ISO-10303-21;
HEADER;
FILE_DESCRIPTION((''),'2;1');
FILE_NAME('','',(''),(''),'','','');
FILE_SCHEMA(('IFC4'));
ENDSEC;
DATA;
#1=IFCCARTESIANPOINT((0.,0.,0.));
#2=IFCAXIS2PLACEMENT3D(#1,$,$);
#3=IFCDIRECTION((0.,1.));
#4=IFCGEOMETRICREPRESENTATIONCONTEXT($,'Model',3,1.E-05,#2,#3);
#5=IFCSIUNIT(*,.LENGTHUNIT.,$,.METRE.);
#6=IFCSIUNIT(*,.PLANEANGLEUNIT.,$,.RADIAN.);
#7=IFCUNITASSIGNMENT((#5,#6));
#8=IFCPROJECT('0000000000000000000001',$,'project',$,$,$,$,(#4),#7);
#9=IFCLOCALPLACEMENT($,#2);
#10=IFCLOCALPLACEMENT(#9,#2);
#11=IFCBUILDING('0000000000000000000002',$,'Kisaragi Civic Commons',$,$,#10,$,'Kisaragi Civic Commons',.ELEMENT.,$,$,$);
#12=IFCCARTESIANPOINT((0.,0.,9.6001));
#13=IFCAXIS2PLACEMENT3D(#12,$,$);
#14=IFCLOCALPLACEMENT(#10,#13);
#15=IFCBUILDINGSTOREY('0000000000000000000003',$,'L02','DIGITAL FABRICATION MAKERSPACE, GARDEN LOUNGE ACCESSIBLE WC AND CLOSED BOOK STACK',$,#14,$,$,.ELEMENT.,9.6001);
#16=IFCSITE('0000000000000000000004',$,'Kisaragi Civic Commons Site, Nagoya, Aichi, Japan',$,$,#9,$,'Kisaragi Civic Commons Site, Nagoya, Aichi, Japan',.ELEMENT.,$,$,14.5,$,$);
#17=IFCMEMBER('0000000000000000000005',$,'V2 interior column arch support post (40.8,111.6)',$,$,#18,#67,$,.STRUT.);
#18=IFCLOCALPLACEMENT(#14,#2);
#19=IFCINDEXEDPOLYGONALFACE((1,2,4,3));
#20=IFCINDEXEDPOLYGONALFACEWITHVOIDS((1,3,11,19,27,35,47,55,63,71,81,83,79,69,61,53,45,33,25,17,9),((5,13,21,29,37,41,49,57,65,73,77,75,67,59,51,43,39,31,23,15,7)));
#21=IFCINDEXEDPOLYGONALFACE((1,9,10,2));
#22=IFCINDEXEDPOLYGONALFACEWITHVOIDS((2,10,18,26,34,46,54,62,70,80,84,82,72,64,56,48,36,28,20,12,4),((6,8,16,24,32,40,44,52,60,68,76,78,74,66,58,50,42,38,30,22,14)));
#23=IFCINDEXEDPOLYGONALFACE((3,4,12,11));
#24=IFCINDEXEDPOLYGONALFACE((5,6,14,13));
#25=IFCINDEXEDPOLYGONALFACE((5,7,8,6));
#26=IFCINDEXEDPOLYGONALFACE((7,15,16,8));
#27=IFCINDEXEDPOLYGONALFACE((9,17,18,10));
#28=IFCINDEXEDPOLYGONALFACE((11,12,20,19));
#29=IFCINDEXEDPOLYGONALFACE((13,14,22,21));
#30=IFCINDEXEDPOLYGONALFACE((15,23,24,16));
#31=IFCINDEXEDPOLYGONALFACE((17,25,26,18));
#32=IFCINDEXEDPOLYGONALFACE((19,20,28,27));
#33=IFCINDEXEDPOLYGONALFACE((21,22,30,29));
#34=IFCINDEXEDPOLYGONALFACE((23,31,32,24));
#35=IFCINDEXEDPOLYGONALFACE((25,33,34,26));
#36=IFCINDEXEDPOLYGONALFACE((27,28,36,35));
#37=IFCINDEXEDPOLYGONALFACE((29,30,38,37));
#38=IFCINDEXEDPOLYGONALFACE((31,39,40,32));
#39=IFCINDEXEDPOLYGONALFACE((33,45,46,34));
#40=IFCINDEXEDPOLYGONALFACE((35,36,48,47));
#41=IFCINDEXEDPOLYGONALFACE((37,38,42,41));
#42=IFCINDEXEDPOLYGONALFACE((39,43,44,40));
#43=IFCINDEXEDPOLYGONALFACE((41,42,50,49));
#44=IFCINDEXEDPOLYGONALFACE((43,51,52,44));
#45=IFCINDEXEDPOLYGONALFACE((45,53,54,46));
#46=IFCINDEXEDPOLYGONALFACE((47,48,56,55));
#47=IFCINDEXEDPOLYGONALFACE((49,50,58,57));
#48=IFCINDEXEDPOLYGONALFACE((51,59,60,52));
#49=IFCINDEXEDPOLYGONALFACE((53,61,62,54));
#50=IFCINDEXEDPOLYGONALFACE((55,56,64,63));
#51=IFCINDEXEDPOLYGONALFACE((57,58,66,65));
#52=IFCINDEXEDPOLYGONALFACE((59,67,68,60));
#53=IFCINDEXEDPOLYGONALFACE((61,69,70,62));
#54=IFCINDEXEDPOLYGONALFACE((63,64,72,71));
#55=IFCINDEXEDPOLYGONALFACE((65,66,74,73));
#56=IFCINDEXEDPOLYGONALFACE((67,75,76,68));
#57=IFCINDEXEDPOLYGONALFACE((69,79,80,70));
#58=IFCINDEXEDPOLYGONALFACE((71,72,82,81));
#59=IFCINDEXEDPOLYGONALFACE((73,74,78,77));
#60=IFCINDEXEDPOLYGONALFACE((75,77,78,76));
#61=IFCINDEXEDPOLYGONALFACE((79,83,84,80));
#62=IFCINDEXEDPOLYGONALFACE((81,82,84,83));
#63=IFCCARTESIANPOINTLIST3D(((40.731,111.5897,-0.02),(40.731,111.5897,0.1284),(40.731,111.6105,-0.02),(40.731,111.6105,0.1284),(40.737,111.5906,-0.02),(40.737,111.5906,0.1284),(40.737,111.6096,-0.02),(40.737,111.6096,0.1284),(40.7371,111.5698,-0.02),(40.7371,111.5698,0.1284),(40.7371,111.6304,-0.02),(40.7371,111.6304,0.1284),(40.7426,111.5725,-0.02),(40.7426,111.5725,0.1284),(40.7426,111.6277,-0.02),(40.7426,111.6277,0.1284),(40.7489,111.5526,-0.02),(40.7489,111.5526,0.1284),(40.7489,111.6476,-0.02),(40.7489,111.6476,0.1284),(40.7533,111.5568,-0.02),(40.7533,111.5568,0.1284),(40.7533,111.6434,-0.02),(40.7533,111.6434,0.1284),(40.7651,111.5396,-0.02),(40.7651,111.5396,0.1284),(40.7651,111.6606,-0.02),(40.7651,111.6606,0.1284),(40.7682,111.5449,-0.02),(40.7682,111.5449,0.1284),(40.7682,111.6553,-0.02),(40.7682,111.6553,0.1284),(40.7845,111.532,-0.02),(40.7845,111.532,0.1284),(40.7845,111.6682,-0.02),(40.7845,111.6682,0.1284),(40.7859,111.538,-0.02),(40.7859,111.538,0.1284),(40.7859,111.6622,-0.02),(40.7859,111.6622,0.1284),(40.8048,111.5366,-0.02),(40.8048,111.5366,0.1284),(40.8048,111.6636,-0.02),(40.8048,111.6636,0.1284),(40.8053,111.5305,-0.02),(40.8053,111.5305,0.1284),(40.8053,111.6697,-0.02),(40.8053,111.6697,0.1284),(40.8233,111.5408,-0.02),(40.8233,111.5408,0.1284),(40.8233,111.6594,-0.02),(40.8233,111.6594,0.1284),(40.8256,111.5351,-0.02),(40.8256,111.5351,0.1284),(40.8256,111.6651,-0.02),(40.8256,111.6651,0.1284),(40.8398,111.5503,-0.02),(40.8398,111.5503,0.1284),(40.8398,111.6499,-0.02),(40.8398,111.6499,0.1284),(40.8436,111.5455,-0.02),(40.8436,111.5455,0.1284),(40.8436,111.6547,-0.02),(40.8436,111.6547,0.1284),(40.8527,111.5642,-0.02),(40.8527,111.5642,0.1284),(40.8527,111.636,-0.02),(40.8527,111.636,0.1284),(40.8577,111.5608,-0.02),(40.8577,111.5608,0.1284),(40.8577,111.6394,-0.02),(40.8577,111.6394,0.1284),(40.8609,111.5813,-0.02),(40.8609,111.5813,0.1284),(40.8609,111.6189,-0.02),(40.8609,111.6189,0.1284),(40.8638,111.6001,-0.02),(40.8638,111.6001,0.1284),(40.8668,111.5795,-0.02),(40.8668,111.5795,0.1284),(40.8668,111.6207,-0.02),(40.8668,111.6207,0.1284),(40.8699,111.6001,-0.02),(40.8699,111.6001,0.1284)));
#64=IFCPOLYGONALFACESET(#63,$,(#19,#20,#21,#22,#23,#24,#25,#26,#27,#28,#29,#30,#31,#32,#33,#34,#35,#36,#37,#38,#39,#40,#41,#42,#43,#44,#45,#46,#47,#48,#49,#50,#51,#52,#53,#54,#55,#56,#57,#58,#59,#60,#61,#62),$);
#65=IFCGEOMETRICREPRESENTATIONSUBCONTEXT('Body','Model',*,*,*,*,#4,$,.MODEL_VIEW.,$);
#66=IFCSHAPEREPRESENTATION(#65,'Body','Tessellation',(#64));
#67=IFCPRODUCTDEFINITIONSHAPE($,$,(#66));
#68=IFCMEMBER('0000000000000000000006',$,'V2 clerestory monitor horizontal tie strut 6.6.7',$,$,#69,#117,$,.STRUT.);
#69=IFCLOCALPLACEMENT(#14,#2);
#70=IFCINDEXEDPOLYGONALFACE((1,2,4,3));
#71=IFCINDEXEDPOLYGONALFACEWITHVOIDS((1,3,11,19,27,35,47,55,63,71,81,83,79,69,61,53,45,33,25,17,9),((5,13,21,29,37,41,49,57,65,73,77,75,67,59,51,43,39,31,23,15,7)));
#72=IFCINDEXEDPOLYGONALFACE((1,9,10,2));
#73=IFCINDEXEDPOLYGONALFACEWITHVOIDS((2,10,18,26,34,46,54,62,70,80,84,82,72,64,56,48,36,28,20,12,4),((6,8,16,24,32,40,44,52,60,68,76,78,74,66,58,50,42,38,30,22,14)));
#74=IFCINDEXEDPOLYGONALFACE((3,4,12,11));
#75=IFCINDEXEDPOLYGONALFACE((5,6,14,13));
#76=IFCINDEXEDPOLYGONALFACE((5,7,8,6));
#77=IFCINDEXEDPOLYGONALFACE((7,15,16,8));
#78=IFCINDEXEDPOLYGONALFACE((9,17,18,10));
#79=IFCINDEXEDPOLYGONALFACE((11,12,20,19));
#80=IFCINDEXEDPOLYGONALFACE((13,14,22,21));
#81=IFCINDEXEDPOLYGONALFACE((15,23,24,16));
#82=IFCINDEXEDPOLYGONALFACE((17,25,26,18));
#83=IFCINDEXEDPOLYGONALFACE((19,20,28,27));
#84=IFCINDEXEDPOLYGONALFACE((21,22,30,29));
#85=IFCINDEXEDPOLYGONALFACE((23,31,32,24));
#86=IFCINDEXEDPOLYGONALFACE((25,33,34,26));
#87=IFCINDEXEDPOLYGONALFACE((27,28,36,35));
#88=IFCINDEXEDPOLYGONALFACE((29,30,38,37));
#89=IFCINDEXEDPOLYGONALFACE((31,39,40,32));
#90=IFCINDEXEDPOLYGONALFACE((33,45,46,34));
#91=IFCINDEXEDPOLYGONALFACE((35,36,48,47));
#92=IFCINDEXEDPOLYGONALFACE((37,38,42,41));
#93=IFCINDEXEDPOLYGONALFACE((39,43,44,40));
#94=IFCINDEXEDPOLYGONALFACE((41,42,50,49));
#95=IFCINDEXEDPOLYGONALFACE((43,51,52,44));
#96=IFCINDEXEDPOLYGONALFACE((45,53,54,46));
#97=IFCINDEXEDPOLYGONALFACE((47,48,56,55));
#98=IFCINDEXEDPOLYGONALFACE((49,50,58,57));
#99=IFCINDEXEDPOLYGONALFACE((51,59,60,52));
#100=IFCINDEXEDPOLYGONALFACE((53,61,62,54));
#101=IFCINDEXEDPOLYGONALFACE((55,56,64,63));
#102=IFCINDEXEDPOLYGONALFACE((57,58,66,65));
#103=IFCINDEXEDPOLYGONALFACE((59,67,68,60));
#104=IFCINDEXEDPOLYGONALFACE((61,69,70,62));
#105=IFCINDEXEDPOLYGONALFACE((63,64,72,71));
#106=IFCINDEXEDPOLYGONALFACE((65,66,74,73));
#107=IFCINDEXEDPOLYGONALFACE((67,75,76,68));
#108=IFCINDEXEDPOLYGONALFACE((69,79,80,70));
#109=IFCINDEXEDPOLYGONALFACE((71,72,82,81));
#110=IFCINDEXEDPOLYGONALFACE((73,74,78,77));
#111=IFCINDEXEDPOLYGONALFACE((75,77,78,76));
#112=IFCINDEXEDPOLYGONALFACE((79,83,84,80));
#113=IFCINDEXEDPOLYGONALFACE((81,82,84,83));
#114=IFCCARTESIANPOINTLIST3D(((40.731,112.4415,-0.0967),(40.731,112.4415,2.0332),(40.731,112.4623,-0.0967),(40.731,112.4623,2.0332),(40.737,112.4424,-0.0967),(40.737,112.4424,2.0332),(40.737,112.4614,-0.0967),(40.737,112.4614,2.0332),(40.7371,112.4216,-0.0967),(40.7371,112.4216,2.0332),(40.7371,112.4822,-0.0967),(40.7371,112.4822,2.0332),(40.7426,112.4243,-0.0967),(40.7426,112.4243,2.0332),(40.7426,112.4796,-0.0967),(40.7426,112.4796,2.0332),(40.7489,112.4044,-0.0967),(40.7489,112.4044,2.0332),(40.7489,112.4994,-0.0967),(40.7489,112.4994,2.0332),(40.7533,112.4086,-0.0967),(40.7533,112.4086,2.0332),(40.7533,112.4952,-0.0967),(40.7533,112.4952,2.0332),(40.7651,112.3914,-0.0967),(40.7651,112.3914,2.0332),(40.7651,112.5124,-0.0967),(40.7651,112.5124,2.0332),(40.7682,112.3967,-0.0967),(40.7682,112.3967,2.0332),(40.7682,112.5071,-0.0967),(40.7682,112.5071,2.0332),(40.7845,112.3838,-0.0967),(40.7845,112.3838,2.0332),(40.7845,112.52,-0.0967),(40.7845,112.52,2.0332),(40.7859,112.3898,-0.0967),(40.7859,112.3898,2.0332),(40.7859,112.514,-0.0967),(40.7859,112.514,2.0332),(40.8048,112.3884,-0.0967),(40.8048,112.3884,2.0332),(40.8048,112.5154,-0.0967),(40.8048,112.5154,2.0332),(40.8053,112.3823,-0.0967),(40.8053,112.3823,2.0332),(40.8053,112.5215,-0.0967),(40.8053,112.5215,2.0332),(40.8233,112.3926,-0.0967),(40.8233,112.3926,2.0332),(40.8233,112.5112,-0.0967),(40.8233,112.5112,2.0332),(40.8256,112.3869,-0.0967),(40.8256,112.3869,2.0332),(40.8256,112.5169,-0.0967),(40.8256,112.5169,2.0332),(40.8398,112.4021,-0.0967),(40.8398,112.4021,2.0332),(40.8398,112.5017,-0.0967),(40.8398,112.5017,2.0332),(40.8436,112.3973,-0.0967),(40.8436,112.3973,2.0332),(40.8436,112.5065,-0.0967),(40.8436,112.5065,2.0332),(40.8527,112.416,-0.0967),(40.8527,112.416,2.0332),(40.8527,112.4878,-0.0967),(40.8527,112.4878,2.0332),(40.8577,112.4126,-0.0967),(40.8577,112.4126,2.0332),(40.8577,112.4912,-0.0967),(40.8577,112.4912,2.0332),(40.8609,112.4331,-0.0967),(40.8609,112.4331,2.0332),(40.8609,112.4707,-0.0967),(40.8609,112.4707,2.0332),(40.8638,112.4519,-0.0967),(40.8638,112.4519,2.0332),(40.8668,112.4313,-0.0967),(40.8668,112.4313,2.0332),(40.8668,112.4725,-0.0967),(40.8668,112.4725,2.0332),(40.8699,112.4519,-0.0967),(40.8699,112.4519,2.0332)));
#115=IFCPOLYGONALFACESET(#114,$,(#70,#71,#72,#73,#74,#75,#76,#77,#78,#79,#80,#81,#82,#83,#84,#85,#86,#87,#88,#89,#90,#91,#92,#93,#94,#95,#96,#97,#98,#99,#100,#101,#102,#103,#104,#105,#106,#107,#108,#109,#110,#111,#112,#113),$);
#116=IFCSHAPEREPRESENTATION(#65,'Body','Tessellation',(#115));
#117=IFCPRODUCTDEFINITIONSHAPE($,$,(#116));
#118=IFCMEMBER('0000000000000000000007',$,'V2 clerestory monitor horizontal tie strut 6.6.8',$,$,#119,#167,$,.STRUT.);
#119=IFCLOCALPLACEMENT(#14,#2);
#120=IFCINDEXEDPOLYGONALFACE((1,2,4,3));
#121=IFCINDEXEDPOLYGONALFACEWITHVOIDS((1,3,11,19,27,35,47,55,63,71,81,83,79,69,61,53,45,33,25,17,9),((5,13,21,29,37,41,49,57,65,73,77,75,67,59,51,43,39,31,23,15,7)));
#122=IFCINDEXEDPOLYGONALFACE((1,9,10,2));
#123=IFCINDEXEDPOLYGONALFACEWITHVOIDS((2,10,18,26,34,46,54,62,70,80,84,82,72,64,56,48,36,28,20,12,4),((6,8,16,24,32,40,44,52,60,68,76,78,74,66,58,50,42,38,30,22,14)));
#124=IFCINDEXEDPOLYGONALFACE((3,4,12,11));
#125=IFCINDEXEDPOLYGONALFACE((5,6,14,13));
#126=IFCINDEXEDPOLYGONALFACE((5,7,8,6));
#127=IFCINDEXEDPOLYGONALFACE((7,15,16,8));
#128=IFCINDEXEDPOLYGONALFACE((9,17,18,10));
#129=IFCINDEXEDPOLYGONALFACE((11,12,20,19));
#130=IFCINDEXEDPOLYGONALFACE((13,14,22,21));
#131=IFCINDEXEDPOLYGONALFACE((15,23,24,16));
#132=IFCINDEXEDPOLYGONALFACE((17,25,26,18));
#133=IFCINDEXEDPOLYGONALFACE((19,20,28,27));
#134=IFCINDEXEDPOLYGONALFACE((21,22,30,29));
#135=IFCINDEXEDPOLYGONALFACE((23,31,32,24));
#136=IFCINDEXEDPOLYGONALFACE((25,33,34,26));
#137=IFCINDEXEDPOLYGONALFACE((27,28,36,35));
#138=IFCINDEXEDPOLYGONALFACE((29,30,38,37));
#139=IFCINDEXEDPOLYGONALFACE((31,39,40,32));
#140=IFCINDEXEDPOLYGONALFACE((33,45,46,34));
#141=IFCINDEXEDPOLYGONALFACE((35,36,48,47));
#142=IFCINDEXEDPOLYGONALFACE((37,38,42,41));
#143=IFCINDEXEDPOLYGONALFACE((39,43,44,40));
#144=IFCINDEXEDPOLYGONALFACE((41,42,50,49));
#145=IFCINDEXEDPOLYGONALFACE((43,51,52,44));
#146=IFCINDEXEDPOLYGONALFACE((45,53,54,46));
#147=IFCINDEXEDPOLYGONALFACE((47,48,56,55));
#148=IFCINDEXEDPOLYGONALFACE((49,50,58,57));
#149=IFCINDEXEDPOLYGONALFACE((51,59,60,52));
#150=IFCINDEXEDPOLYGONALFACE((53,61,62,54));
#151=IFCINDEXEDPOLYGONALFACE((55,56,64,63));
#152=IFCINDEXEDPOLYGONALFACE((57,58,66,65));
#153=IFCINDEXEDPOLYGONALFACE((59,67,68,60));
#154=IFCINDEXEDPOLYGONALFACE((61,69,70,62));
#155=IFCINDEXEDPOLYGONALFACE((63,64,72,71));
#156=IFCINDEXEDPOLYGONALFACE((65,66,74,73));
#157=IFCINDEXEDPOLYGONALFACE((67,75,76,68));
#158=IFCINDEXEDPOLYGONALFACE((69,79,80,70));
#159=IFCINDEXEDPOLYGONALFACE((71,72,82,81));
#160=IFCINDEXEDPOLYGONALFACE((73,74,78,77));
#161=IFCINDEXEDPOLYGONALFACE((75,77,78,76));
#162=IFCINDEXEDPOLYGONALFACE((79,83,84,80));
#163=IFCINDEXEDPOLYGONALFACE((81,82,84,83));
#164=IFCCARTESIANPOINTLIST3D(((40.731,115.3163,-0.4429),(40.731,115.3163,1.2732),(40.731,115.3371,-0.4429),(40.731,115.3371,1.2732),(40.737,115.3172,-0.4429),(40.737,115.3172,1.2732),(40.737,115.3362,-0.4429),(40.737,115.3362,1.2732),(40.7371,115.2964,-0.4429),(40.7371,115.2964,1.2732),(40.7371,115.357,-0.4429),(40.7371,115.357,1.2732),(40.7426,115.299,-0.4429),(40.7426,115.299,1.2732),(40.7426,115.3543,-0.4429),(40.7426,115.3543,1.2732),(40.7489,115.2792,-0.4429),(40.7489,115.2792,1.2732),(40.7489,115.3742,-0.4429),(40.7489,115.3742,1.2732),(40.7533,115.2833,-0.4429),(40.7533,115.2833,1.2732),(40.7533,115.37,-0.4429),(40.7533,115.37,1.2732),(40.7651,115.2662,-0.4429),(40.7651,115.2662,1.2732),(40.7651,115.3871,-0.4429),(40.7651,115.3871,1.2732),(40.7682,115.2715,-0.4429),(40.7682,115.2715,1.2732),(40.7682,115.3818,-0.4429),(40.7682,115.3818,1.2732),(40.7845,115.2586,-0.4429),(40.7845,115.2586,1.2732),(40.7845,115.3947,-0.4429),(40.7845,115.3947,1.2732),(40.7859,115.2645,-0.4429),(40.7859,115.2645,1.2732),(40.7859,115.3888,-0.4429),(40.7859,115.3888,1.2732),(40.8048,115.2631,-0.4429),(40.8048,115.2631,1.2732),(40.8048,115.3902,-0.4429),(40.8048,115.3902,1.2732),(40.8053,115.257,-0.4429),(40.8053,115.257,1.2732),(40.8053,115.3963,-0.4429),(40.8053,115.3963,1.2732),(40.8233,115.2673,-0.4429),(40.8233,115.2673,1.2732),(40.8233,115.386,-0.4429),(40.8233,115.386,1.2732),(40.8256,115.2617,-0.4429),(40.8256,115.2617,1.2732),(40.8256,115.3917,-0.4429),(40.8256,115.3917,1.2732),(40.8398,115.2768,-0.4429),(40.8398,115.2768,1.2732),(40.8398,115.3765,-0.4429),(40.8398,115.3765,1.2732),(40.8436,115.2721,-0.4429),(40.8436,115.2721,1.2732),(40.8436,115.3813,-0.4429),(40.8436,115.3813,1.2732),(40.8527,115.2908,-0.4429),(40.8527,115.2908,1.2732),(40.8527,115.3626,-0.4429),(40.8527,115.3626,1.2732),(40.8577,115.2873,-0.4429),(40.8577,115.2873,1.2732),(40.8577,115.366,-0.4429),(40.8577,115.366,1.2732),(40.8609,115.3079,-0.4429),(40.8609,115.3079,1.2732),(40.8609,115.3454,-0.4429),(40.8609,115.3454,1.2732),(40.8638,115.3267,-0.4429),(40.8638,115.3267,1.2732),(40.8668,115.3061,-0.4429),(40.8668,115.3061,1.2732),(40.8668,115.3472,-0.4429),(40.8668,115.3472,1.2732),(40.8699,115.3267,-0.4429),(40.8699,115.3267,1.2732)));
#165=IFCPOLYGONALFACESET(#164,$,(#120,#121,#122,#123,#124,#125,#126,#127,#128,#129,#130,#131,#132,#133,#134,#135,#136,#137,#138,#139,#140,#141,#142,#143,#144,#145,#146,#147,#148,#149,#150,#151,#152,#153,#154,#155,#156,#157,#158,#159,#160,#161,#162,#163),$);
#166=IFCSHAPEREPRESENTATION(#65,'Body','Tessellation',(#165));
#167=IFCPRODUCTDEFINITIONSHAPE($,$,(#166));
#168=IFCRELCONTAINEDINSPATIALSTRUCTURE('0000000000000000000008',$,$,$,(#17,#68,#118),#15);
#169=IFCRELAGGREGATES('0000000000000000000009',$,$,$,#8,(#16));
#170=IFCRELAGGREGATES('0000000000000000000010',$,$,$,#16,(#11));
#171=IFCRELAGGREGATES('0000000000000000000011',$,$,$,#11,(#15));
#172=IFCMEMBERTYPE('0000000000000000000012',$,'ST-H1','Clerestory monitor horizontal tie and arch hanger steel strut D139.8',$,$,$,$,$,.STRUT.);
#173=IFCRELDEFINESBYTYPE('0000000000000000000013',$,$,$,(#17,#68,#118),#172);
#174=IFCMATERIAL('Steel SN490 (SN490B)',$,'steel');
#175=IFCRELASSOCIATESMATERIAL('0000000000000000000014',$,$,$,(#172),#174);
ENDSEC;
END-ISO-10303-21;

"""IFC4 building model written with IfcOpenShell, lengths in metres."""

from ifc_helpers import new_model, si_unit, direction, frame, origin, origin_2d, place, context, subcontext, project, spatial, hollow_circle, extrude, material, material_profile, profile_set, type_object, element, save


model = new_model("IFC4")

# Units and contexts
model_context = context("Model", 3, precision=1e-05, world=origin(), true_north=direction((0.0, 1.0)))
body_context = subcontext(model_context, "Body", "Model", "MODEL_VIEW")
ifc_project = project(units=[si_unit("LENGTHUNIT", "METRE"), si_unit("PLANEANGLEUNIT", "RADIAN")], contexts=[model_context])

# Site, building, storey
site_placement = place(None, origin())
site = spatial("IfcSite", under=ifc_project, at=site_placement, Name="Kisaragi Civic Commons Site, Nagoya, Aichi, Japan", LongName="Kisaragi Civic Commons Site, Nagoya, Aichi, Japan", CompositionType="ELEMENT", RefElevation=14.5)
building_placement = place(site_placement, origin())
building = spatial("IfcBuilding", under=site, at=building_placement, Name="Kisaragi Civic Commons", LongName="Kisaragi Civic Commons", CompositionType="ELEMENT")
storey_placement = place(building_placement, frame((0.0, 0.0, 9.6001)))
storey = spatial("IfcBuildingStorey", under=building, at=storey_placement, Name="L02", Description="DIGITAL FABRICATION MAKERSPACE, GARDEN LOUNGE ACCESSIBLE WC AND CLOSED BOOK STACK", CompositionType="ELEMENT", Elevation=9.6001)

# Members
ifc_material_1 = material(Name="Steel SN490 (SN490B)", Category="steel")
ifc_material_profile_1 = material_profile(ifc_material_1, hollow_circle(Radius=0.0698, WallThickness=0.0061, at=origin_2d()), Name="CHS-139.8x6.0", Category="steel")
ifc_profile_set_1 = profile_set([ifc_material_profile_1], Name="Steel SN490 (SN490B)")
member_type_1 = type_object("IfcMemberType", Name="ST-H1", Description="Clerestory monitor horizontal tie and arch hanger steel strut D139.8", PredefinedType="STRUT", material=ifc_profile_set_1)
member_1_placement = place(storey_placement, frame((40.8, 111.6001, -0.02), z_axis=(0.0, 0.0, 1.0), x_axis=(1.0, 0.0, 0.0)))
element("IfcMember", 1, at=member_1_placement, inside=storey, type_object=member_type_1, Name="V2 interior column arch support post (40.8,111.6)", PredefinedType="STRUT", context=body_context, shape_type="SweptSolid", body=[
    extrude(hollow_circle(Radius=0.0698, WallThickness=0.0061, at=origin_2d()), origin(), (0.0, 0.0, 1.0), 0.1484),
])
member_2_placement = place(storey_placement, frame((40.8, 112.4519, -0.0967), z_axis=(0.0, 0.0, 1.0), x_axis=(1.0, 0.0, 0.0)))
element("IfcMember", 2, at=member_2_placement, inside=storey, type_object=member_type_1, Name="V2 clerestory monitor horizontal tie strut 6.6.7", PredefinedType="STRUT", context=body_context, shape_type="SweptSolid", body=[
    extrude(hollow_circle(Radius=0.0698, WallThickness=0.0061, at=origin_2d()), origin(), (0.0, 0.0, 1.0), 2.1299),
])
member_3_placement = place(storey_placement, frame((40.8, 115.3267, -0.4429), z_axis=(0.0, 0.0, 1.0), x_axis=(1.0, 0.0, 0.0)))
element("IfcMember", 3, at=member_3_placement, inside=storey, type_object=member_type_1, Name="V2 clerestory monitor horizontal tie strut 6.6.8", PredefinedType="STRUT", context=body_context, shape_type="SweptSolid", body=[
    extrude(hollow_circle(Radius=0.0698, WallThickness=0.0061, at=origin_2d()), origin(), (0.0, 0.0, 1.0), 1.7161),
])

save(model, "model.ifc")
